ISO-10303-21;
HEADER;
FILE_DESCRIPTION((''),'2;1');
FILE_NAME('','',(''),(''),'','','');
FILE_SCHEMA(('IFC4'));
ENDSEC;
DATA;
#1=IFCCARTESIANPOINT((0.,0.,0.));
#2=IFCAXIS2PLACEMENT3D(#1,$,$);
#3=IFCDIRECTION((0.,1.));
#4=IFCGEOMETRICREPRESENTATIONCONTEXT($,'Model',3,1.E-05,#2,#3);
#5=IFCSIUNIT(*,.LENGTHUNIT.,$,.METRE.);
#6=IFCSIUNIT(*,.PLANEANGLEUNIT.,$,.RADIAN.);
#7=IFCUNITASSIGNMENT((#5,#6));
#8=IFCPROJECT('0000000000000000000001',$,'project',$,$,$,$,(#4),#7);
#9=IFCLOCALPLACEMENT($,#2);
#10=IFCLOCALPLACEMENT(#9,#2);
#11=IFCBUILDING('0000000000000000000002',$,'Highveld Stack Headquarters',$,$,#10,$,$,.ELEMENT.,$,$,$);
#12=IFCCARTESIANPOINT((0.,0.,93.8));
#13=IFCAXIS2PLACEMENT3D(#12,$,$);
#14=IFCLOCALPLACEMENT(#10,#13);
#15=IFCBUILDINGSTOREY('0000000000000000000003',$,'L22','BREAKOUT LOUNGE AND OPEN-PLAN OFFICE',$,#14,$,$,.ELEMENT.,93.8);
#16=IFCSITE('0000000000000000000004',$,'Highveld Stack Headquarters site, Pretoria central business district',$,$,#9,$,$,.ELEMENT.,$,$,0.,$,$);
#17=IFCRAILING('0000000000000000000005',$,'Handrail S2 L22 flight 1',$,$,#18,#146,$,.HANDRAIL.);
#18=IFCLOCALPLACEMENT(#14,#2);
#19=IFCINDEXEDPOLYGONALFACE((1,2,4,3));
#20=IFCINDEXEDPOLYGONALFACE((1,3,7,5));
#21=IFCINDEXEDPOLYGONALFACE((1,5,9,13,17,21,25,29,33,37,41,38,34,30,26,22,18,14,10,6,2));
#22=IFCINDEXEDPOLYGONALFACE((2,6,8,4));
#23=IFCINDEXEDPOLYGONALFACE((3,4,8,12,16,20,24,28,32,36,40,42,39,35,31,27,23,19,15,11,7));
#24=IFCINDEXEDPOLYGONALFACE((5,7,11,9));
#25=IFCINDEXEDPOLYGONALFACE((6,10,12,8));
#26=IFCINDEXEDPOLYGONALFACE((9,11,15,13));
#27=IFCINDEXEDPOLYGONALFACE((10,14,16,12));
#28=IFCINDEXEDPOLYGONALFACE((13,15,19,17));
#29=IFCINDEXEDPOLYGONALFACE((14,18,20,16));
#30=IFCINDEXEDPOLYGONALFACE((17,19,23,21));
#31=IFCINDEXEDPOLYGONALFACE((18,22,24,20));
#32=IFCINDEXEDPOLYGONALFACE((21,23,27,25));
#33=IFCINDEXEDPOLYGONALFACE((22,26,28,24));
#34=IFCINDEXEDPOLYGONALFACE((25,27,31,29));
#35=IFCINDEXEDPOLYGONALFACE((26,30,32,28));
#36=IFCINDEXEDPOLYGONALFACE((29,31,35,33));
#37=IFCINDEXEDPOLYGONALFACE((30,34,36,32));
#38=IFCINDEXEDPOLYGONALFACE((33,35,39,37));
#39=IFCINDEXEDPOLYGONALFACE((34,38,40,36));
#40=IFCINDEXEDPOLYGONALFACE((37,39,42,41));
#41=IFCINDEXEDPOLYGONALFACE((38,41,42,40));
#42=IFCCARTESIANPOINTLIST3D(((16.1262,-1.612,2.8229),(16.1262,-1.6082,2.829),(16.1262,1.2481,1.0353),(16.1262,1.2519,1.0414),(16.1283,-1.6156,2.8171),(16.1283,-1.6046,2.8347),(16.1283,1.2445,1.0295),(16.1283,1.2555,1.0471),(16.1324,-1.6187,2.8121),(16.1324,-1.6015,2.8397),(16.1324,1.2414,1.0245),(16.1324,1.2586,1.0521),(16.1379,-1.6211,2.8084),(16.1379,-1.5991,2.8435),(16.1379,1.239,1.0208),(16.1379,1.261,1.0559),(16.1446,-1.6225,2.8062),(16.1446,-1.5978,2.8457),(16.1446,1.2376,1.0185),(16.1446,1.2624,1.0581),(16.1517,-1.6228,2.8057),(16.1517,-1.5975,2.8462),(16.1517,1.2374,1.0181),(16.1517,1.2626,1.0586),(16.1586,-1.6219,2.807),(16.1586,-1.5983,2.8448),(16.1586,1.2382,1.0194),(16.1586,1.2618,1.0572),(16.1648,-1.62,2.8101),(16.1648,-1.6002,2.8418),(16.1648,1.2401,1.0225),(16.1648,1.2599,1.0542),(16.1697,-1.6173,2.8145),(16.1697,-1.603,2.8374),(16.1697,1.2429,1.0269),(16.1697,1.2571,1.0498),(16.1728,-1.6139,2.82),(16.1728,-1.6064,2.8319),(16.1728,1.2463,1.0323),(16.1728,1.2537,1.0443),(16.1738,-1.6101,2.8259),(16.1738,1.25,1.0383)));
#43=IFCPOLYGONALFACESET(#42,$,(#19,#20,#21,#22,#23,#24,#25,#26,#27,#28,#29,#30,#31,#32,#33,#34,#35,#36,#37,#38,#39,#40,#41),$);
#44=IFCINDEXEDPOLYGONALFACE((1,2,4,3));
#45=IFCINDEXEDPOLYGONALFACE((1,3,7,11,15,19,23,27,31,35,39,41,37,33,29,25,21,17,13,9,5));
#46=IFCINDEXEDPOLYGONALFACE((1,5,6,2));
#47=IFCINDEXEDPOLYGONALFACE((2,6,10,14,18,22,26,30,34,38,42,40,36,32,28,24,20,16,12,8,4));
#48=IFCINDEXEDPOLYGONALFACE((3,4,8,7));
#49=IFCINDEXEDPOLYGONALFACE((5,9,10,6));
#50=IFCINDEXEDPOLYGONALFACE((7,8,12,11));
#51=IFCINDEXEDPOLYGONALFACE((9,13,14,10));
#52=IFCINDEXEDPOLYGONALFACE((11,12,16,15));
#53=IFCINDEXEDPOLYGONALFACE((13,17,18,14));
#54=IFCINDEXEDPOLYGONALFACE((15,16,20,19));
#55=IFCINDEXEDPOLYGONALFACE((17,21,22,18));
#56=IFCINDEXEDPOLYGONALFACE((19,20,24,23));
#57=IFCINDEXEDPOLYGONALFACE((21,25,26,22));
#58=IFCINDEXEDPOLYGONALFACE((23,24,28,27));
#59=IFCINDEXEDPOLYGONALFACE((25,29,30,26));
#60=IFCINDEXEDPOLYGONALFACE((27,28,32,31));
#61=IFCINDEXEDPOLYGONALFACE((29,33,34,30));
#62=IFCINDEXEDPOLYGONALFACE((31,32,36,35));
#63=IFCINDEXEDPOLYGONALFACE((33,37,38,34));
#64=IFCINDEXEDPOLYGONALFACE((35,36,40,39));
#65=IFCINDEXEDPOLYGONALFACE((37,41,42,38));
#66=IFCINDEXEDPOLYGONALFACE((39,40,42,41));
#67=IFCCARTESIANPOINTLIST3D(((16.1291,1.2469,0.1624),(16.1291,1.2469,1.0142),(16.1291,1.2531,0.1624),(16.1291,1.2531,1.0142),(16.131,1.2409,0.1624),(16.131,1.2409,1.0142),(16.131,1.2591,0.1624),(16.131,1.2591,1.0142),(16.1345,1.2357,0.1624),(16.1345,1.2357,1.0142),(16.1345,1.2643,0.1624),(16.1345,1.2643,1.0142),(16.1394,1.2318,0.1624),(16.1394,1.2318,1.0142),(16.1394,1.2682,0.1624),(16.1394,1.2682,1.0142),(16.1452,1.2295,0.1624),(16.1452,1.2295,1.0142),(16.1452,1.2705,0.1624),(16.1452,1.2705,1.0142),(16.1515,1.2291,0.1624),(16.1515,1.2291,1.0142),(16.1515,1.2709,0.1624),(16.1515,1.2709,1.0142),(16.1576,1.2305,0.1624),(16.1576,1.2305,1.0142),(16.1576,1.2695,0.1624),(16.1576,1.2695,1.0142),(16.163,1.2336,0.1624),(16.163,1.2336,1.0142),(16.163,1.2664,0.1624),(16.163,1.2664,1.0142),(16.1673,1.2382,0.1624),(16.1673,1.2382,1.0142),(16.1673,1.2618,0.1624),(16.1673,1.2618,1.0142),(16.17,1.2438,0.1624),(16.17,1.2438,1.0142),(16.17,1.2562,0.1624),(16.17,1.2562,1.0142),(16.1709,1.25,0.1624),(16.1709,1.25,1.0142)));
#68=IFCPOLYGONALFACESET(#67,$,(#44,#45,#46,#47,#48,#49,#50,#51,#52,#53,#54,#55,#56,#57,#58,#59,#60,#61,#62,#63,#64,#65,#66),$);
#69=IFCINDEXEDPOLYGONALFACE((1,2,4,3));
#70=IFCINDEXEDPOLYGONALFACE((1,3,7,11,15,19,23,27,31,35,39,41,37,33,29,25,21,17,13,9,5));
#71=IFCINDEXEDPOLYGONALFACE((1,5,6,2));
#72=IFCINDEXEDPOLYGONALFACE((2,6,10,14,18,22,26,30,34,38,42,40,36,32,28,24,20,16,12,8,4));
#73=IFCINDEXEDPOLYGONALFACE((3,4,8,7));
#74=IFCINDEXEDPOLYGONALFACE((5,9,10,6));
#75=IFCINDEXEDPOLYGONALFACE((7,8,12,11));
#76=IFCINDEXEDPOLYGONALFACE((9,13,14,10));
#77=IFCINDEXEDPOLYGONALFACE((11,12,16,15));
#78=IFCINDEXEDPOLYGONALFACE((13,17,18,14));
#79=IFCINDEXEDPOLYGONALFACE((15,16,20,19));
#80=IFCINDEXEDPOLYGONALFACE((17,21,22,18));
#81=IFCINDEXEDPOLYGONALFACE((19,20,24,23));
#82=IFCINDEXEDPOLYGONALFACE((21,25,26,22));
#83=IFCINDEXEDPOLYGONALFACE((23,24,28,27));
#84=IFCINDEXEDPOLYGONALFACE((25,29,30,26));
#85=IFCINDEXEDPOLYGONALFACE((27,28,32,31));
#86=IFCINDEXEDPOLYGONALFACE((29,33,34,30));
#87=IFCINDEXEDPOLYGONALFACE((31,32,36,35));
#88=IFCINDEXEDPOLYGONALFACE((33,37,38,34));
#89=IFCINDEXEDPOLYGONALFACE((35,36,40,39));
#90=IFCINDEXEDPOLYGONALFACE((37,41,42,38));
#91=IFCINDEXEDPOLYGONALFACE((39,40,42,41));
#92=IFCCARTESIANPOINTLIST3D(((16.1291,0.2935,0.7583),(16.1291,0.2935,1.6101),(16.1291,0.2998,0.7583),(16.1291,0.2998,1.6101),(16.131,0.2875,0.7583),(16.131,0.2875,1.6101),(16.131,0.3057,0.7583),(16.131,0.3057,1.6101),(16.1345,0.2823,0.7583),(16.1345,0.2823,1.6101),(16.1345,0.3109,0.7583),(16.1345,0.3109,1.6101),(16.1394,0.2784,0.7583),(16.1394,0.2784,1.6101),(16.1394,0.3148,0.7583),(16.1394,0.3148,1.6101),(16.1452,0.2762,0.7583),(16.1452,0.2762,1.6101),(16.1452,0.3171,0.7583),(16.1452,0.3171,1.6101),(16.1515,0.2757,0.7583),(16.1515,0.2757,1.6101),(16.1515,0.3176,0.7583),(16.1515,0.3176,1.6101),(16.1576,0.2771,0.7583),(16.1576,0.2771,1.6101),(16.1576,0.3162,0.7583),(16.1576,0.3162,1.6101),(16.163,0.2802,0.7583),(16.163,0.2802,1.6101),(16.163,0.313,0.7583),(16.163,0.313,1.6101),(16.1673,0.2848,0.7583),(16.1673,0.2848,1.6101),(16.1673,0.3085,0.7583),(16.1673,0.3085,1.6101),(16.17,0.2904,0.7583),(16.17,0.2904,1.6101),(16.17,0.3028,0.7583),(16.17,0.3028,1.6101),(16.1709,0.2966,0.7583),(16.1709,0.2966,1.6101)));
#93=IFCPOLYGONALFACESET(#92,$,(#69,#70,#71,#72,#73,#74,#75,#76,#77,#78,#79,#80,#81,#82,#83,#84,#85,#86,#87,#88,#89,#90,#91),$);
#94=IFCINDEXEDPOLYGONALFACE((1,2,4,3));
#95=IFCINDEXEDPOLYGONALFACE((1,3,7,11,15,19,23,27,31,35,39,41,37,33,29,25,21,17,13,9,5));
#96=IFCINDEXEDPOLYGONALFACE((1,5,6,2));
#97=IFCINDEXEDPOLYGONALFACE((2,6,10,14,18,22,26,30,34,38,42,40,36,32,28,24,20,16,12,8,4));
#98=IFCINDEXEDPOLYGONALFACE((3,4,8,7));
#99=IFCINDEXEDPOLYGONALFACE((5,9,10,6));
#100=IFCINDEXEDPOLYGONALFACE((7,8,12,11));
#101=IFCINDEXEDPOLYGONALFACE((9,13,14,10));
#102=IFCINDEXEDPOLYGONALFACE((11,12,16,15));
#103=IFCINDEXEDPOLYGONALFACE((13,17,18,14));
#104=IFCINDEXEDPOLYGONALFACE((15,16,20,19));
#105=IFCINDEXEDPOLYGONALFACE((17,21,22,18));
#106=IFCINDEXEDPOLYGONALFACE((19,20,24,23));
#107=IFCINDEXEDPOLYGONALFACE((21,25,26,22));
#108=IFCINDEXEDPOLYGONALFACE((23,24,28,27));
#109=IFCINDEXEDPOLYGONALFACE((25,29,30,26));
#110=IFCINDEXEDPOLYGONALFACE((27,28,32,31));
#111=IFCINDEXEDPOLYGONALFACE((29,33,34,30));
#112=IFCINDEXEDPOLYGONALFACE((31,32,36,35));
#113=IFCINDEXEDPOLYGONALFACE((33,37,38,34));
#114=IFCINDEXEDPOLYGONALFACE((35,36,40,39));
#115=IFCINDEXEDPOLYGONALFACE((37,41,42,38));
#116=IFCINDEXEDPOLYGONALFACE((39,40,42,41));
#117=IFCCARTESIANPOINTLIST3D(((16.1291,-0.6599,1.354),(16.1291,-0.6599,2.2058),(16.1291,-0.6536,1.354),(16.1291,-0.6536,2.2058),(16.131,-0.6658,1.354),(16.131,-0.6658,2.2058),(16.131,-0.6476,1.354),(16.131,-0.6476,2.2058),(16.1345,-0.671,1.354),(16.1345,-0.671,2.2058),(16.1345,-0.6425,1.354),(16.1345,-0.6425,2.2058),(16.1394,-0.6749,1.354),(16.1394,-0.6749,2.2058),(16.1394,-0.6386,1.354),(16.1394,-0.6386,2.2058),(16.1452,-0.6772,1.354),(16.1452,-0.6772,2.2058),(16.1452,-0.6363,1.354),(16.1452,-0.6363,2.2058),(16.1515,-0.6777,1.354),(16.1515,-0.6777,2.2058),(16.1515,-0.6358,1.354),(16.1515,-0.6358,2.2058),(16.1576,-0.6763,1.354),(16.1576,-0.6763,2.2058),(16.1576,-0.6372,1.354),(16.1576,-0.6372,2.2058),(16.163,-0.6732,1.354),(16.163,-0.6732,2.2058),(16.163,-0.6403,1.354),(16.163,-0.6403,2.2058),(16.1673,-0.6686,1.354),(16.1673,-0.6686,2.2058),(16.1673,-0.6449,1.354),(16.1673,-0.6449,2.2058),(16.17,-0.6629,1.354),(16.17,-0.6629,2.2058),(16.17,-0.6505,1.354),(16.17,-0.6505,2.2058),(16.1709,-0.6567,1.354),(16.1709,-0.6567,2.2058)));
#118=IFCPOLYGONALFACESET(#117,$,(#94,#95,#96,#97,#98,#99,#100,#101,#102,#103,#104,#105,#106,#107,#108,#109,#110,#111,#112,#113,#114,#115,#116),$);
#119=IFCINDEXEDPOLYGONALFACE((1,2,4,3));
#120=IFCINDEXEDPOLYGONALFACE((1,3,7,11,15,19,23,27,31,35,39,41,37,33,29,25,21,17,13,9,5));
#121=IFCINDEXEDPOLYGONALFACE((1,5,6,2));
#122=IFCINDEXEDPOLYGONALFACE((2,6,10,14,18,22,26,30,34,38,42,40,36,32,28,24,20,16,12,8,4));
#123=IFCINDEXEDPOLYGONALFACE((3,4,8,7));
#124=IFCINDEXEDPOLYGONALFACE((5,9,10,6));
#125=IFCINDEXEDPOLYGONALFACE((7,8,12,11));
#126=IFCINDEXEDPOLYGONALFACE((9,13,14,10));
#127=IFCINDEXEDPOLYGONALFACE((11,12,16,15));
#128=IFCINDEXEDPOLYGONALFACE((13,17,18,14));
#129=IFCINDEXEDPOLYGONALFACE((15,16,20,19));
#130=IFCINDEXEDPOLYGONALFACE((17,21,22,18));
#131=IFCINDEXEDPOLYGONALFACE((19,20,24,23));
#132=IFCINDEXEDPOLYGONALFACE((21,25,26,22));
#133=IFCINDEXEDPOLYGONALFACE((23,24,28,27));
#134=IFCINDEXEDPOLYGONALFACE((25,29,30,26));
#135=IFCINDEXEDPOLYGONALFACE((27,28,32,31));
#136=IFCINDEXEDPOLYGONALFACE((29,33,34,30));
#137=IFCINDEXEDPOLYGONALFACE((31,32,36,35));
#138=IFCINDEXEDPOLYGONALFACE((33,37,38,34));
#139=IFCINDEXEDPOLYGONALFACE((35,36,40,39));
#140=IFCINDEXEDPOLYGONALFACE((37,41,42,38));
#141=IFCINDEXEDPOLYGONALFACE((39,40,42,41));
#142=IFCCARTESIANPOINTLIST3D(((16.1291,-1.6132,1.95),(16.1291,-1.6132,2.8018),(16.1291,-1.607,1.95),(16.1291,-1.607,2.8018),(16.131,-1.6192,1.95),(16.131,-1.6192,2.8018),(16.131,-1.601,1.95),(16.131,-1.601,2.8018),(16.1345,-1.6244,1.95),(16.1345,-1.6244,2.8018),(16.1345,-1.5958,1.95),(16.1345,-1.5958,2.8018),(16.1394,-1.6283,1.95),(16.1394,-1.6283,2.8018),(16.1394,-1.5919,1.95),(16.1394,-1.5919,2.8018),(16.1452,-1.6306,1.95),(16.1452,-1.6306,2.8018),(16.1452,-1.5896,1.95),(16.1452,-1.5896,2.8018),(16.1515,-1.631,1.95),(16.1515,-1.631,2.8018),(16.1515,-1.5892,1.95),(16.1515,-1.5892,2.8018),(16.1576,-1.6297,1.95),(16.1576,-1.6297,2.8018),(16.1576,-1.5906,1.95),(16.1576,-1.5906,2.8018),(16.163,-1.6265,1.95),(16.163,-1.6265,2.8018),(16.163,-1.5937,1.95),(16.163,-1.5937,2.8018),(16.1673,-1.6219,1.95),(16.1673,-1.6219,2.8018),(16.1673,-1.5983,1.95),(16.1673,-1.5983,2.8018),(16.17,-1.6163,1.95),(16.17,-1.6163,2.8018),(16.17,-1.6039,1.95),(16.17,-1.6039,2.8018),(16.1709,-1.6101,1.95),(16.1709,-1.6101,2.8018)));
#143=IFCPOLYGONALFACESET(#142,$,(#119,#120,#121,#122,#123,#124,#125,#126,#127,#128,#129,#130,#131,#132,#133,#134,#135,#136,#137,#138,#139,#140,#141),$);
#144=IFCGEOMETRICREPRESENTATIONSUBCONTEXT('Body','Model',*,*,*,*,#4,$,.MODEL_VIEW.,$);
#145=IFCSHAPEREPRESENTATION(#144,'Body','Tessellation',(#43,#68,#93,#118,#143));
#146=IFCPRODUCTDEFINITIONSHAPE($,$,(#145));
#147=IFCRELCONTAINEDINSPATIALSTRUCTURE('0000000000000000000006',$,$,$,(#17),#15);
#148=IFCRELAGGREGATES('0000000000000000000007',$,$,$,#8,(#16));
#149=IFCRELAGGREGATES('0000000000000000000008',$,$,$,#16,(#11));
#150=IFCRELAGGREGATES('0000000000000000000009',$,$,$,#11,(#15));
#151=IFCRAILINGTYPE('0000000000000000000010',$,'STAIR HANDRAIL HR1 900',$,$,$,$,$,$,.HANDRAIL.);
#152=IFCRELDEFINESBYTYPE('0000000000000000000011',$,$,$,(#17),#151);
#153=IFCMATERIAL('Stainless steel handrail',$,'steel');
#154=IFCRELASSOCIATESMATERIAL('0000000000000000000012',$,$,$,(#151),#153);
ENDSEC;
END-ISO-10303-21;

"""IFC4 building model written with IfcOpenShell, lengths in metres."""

from ifc_helpers import new_model, si_unit, direction, frame, origin, origin_2d, place, context, subcontext, project, spatial, circle, extrude, material, type_object, element, save


model = new_model("IFC4")

# Units and contexts
model_context = context("Model", 3, precision=1e-05, world=origin(), true_north=direction((0.0, 1.0)))
body_context = subcontext(model_context, "Body", "Model", "MODEL_VIEW")
ifc_project = project(units=[si_unit("LENGTHUNIT", "METRE"), si_unit("PLANEANGLEUNIT", "RADIAN")], contexts=[model_context])

# Site, building, storey
site_placement = place(None, origin())
site = spatial("IfcSite", under=ifc_project, at=site_placement, Name="Highveld Stack Headquarters site, Pretoria central business district", CompositionType="ELEMENT", RefElevation=0.0)
building_placement = place(site_placement, origin())
building = spatial("IfcBuilding", under=site, at=building_placement, Name="Highveld Stack Headquarters", CompositionType="ELEMENT")
storey_placement = place(building_placement, frame((0.0, 0.0, 93.8)))
storey = spatial("IfcBuildingStorey", under=building, at=storey_placement, Name="L22", Description="BREAKOUT LOUNGE AND OPEN-PLAN OFFICE", CompositionType="ELEMENT", Elevation=93.8)

# Railing
ifc_material_1 = material(Name="Stainless steel handrail", Category="steel")
railing_type = type_object("IfcRailingType", Name="STAIR HANDRAIL HR1 900", PredefinedType="HANDRAIL", material=ifc_material_1)
for number, where, name in (
    (1, (16.1499, 1.25, 0.1624), "Handrail S2 L22 flight 1"),
):
    element("IfcRailing", number, at=place(storey_placement, frame(where)), inside=storey, type_object=railing_type, Name=name, PredefinedType="HANDRAIL", context=body_context, shape_type="SweptSolid", body=[
        extrude(circle(Radius=0.0239, at=origin_2d()), frame((0.0, 0.0, 0.876), z_axis=(0.0, -0.847994, 0.530005), x_axis=(1.0, 0.0, 0.0)), (0.0, 0.0, 1.0), 3.3728),
        extrude(circle(Radius=0.021, at=origin_2d()), origin(), (0.0, 0.0, 1.0), 0.8518),
        extrude(circle(Radius=0.021, at=origin_2d()), frame((0.0, -0.9534, 0.5959)), (0.0, 0.0, 1.0), 0.8518),
        extrude(circle(Radius=0.021, at=origin_2d()), frame((0.0, -1.9067, 1.1917)), (0.0, 0.0, 1.0), 0.8518),
        extrude(circle(Radius=0.021, at=origin_2d()), frame((0.0, -2.8601, 1.7876)), (0.0, 0.0, 1.0), 0.8518),
    ])

save(model, "model.ifc")
